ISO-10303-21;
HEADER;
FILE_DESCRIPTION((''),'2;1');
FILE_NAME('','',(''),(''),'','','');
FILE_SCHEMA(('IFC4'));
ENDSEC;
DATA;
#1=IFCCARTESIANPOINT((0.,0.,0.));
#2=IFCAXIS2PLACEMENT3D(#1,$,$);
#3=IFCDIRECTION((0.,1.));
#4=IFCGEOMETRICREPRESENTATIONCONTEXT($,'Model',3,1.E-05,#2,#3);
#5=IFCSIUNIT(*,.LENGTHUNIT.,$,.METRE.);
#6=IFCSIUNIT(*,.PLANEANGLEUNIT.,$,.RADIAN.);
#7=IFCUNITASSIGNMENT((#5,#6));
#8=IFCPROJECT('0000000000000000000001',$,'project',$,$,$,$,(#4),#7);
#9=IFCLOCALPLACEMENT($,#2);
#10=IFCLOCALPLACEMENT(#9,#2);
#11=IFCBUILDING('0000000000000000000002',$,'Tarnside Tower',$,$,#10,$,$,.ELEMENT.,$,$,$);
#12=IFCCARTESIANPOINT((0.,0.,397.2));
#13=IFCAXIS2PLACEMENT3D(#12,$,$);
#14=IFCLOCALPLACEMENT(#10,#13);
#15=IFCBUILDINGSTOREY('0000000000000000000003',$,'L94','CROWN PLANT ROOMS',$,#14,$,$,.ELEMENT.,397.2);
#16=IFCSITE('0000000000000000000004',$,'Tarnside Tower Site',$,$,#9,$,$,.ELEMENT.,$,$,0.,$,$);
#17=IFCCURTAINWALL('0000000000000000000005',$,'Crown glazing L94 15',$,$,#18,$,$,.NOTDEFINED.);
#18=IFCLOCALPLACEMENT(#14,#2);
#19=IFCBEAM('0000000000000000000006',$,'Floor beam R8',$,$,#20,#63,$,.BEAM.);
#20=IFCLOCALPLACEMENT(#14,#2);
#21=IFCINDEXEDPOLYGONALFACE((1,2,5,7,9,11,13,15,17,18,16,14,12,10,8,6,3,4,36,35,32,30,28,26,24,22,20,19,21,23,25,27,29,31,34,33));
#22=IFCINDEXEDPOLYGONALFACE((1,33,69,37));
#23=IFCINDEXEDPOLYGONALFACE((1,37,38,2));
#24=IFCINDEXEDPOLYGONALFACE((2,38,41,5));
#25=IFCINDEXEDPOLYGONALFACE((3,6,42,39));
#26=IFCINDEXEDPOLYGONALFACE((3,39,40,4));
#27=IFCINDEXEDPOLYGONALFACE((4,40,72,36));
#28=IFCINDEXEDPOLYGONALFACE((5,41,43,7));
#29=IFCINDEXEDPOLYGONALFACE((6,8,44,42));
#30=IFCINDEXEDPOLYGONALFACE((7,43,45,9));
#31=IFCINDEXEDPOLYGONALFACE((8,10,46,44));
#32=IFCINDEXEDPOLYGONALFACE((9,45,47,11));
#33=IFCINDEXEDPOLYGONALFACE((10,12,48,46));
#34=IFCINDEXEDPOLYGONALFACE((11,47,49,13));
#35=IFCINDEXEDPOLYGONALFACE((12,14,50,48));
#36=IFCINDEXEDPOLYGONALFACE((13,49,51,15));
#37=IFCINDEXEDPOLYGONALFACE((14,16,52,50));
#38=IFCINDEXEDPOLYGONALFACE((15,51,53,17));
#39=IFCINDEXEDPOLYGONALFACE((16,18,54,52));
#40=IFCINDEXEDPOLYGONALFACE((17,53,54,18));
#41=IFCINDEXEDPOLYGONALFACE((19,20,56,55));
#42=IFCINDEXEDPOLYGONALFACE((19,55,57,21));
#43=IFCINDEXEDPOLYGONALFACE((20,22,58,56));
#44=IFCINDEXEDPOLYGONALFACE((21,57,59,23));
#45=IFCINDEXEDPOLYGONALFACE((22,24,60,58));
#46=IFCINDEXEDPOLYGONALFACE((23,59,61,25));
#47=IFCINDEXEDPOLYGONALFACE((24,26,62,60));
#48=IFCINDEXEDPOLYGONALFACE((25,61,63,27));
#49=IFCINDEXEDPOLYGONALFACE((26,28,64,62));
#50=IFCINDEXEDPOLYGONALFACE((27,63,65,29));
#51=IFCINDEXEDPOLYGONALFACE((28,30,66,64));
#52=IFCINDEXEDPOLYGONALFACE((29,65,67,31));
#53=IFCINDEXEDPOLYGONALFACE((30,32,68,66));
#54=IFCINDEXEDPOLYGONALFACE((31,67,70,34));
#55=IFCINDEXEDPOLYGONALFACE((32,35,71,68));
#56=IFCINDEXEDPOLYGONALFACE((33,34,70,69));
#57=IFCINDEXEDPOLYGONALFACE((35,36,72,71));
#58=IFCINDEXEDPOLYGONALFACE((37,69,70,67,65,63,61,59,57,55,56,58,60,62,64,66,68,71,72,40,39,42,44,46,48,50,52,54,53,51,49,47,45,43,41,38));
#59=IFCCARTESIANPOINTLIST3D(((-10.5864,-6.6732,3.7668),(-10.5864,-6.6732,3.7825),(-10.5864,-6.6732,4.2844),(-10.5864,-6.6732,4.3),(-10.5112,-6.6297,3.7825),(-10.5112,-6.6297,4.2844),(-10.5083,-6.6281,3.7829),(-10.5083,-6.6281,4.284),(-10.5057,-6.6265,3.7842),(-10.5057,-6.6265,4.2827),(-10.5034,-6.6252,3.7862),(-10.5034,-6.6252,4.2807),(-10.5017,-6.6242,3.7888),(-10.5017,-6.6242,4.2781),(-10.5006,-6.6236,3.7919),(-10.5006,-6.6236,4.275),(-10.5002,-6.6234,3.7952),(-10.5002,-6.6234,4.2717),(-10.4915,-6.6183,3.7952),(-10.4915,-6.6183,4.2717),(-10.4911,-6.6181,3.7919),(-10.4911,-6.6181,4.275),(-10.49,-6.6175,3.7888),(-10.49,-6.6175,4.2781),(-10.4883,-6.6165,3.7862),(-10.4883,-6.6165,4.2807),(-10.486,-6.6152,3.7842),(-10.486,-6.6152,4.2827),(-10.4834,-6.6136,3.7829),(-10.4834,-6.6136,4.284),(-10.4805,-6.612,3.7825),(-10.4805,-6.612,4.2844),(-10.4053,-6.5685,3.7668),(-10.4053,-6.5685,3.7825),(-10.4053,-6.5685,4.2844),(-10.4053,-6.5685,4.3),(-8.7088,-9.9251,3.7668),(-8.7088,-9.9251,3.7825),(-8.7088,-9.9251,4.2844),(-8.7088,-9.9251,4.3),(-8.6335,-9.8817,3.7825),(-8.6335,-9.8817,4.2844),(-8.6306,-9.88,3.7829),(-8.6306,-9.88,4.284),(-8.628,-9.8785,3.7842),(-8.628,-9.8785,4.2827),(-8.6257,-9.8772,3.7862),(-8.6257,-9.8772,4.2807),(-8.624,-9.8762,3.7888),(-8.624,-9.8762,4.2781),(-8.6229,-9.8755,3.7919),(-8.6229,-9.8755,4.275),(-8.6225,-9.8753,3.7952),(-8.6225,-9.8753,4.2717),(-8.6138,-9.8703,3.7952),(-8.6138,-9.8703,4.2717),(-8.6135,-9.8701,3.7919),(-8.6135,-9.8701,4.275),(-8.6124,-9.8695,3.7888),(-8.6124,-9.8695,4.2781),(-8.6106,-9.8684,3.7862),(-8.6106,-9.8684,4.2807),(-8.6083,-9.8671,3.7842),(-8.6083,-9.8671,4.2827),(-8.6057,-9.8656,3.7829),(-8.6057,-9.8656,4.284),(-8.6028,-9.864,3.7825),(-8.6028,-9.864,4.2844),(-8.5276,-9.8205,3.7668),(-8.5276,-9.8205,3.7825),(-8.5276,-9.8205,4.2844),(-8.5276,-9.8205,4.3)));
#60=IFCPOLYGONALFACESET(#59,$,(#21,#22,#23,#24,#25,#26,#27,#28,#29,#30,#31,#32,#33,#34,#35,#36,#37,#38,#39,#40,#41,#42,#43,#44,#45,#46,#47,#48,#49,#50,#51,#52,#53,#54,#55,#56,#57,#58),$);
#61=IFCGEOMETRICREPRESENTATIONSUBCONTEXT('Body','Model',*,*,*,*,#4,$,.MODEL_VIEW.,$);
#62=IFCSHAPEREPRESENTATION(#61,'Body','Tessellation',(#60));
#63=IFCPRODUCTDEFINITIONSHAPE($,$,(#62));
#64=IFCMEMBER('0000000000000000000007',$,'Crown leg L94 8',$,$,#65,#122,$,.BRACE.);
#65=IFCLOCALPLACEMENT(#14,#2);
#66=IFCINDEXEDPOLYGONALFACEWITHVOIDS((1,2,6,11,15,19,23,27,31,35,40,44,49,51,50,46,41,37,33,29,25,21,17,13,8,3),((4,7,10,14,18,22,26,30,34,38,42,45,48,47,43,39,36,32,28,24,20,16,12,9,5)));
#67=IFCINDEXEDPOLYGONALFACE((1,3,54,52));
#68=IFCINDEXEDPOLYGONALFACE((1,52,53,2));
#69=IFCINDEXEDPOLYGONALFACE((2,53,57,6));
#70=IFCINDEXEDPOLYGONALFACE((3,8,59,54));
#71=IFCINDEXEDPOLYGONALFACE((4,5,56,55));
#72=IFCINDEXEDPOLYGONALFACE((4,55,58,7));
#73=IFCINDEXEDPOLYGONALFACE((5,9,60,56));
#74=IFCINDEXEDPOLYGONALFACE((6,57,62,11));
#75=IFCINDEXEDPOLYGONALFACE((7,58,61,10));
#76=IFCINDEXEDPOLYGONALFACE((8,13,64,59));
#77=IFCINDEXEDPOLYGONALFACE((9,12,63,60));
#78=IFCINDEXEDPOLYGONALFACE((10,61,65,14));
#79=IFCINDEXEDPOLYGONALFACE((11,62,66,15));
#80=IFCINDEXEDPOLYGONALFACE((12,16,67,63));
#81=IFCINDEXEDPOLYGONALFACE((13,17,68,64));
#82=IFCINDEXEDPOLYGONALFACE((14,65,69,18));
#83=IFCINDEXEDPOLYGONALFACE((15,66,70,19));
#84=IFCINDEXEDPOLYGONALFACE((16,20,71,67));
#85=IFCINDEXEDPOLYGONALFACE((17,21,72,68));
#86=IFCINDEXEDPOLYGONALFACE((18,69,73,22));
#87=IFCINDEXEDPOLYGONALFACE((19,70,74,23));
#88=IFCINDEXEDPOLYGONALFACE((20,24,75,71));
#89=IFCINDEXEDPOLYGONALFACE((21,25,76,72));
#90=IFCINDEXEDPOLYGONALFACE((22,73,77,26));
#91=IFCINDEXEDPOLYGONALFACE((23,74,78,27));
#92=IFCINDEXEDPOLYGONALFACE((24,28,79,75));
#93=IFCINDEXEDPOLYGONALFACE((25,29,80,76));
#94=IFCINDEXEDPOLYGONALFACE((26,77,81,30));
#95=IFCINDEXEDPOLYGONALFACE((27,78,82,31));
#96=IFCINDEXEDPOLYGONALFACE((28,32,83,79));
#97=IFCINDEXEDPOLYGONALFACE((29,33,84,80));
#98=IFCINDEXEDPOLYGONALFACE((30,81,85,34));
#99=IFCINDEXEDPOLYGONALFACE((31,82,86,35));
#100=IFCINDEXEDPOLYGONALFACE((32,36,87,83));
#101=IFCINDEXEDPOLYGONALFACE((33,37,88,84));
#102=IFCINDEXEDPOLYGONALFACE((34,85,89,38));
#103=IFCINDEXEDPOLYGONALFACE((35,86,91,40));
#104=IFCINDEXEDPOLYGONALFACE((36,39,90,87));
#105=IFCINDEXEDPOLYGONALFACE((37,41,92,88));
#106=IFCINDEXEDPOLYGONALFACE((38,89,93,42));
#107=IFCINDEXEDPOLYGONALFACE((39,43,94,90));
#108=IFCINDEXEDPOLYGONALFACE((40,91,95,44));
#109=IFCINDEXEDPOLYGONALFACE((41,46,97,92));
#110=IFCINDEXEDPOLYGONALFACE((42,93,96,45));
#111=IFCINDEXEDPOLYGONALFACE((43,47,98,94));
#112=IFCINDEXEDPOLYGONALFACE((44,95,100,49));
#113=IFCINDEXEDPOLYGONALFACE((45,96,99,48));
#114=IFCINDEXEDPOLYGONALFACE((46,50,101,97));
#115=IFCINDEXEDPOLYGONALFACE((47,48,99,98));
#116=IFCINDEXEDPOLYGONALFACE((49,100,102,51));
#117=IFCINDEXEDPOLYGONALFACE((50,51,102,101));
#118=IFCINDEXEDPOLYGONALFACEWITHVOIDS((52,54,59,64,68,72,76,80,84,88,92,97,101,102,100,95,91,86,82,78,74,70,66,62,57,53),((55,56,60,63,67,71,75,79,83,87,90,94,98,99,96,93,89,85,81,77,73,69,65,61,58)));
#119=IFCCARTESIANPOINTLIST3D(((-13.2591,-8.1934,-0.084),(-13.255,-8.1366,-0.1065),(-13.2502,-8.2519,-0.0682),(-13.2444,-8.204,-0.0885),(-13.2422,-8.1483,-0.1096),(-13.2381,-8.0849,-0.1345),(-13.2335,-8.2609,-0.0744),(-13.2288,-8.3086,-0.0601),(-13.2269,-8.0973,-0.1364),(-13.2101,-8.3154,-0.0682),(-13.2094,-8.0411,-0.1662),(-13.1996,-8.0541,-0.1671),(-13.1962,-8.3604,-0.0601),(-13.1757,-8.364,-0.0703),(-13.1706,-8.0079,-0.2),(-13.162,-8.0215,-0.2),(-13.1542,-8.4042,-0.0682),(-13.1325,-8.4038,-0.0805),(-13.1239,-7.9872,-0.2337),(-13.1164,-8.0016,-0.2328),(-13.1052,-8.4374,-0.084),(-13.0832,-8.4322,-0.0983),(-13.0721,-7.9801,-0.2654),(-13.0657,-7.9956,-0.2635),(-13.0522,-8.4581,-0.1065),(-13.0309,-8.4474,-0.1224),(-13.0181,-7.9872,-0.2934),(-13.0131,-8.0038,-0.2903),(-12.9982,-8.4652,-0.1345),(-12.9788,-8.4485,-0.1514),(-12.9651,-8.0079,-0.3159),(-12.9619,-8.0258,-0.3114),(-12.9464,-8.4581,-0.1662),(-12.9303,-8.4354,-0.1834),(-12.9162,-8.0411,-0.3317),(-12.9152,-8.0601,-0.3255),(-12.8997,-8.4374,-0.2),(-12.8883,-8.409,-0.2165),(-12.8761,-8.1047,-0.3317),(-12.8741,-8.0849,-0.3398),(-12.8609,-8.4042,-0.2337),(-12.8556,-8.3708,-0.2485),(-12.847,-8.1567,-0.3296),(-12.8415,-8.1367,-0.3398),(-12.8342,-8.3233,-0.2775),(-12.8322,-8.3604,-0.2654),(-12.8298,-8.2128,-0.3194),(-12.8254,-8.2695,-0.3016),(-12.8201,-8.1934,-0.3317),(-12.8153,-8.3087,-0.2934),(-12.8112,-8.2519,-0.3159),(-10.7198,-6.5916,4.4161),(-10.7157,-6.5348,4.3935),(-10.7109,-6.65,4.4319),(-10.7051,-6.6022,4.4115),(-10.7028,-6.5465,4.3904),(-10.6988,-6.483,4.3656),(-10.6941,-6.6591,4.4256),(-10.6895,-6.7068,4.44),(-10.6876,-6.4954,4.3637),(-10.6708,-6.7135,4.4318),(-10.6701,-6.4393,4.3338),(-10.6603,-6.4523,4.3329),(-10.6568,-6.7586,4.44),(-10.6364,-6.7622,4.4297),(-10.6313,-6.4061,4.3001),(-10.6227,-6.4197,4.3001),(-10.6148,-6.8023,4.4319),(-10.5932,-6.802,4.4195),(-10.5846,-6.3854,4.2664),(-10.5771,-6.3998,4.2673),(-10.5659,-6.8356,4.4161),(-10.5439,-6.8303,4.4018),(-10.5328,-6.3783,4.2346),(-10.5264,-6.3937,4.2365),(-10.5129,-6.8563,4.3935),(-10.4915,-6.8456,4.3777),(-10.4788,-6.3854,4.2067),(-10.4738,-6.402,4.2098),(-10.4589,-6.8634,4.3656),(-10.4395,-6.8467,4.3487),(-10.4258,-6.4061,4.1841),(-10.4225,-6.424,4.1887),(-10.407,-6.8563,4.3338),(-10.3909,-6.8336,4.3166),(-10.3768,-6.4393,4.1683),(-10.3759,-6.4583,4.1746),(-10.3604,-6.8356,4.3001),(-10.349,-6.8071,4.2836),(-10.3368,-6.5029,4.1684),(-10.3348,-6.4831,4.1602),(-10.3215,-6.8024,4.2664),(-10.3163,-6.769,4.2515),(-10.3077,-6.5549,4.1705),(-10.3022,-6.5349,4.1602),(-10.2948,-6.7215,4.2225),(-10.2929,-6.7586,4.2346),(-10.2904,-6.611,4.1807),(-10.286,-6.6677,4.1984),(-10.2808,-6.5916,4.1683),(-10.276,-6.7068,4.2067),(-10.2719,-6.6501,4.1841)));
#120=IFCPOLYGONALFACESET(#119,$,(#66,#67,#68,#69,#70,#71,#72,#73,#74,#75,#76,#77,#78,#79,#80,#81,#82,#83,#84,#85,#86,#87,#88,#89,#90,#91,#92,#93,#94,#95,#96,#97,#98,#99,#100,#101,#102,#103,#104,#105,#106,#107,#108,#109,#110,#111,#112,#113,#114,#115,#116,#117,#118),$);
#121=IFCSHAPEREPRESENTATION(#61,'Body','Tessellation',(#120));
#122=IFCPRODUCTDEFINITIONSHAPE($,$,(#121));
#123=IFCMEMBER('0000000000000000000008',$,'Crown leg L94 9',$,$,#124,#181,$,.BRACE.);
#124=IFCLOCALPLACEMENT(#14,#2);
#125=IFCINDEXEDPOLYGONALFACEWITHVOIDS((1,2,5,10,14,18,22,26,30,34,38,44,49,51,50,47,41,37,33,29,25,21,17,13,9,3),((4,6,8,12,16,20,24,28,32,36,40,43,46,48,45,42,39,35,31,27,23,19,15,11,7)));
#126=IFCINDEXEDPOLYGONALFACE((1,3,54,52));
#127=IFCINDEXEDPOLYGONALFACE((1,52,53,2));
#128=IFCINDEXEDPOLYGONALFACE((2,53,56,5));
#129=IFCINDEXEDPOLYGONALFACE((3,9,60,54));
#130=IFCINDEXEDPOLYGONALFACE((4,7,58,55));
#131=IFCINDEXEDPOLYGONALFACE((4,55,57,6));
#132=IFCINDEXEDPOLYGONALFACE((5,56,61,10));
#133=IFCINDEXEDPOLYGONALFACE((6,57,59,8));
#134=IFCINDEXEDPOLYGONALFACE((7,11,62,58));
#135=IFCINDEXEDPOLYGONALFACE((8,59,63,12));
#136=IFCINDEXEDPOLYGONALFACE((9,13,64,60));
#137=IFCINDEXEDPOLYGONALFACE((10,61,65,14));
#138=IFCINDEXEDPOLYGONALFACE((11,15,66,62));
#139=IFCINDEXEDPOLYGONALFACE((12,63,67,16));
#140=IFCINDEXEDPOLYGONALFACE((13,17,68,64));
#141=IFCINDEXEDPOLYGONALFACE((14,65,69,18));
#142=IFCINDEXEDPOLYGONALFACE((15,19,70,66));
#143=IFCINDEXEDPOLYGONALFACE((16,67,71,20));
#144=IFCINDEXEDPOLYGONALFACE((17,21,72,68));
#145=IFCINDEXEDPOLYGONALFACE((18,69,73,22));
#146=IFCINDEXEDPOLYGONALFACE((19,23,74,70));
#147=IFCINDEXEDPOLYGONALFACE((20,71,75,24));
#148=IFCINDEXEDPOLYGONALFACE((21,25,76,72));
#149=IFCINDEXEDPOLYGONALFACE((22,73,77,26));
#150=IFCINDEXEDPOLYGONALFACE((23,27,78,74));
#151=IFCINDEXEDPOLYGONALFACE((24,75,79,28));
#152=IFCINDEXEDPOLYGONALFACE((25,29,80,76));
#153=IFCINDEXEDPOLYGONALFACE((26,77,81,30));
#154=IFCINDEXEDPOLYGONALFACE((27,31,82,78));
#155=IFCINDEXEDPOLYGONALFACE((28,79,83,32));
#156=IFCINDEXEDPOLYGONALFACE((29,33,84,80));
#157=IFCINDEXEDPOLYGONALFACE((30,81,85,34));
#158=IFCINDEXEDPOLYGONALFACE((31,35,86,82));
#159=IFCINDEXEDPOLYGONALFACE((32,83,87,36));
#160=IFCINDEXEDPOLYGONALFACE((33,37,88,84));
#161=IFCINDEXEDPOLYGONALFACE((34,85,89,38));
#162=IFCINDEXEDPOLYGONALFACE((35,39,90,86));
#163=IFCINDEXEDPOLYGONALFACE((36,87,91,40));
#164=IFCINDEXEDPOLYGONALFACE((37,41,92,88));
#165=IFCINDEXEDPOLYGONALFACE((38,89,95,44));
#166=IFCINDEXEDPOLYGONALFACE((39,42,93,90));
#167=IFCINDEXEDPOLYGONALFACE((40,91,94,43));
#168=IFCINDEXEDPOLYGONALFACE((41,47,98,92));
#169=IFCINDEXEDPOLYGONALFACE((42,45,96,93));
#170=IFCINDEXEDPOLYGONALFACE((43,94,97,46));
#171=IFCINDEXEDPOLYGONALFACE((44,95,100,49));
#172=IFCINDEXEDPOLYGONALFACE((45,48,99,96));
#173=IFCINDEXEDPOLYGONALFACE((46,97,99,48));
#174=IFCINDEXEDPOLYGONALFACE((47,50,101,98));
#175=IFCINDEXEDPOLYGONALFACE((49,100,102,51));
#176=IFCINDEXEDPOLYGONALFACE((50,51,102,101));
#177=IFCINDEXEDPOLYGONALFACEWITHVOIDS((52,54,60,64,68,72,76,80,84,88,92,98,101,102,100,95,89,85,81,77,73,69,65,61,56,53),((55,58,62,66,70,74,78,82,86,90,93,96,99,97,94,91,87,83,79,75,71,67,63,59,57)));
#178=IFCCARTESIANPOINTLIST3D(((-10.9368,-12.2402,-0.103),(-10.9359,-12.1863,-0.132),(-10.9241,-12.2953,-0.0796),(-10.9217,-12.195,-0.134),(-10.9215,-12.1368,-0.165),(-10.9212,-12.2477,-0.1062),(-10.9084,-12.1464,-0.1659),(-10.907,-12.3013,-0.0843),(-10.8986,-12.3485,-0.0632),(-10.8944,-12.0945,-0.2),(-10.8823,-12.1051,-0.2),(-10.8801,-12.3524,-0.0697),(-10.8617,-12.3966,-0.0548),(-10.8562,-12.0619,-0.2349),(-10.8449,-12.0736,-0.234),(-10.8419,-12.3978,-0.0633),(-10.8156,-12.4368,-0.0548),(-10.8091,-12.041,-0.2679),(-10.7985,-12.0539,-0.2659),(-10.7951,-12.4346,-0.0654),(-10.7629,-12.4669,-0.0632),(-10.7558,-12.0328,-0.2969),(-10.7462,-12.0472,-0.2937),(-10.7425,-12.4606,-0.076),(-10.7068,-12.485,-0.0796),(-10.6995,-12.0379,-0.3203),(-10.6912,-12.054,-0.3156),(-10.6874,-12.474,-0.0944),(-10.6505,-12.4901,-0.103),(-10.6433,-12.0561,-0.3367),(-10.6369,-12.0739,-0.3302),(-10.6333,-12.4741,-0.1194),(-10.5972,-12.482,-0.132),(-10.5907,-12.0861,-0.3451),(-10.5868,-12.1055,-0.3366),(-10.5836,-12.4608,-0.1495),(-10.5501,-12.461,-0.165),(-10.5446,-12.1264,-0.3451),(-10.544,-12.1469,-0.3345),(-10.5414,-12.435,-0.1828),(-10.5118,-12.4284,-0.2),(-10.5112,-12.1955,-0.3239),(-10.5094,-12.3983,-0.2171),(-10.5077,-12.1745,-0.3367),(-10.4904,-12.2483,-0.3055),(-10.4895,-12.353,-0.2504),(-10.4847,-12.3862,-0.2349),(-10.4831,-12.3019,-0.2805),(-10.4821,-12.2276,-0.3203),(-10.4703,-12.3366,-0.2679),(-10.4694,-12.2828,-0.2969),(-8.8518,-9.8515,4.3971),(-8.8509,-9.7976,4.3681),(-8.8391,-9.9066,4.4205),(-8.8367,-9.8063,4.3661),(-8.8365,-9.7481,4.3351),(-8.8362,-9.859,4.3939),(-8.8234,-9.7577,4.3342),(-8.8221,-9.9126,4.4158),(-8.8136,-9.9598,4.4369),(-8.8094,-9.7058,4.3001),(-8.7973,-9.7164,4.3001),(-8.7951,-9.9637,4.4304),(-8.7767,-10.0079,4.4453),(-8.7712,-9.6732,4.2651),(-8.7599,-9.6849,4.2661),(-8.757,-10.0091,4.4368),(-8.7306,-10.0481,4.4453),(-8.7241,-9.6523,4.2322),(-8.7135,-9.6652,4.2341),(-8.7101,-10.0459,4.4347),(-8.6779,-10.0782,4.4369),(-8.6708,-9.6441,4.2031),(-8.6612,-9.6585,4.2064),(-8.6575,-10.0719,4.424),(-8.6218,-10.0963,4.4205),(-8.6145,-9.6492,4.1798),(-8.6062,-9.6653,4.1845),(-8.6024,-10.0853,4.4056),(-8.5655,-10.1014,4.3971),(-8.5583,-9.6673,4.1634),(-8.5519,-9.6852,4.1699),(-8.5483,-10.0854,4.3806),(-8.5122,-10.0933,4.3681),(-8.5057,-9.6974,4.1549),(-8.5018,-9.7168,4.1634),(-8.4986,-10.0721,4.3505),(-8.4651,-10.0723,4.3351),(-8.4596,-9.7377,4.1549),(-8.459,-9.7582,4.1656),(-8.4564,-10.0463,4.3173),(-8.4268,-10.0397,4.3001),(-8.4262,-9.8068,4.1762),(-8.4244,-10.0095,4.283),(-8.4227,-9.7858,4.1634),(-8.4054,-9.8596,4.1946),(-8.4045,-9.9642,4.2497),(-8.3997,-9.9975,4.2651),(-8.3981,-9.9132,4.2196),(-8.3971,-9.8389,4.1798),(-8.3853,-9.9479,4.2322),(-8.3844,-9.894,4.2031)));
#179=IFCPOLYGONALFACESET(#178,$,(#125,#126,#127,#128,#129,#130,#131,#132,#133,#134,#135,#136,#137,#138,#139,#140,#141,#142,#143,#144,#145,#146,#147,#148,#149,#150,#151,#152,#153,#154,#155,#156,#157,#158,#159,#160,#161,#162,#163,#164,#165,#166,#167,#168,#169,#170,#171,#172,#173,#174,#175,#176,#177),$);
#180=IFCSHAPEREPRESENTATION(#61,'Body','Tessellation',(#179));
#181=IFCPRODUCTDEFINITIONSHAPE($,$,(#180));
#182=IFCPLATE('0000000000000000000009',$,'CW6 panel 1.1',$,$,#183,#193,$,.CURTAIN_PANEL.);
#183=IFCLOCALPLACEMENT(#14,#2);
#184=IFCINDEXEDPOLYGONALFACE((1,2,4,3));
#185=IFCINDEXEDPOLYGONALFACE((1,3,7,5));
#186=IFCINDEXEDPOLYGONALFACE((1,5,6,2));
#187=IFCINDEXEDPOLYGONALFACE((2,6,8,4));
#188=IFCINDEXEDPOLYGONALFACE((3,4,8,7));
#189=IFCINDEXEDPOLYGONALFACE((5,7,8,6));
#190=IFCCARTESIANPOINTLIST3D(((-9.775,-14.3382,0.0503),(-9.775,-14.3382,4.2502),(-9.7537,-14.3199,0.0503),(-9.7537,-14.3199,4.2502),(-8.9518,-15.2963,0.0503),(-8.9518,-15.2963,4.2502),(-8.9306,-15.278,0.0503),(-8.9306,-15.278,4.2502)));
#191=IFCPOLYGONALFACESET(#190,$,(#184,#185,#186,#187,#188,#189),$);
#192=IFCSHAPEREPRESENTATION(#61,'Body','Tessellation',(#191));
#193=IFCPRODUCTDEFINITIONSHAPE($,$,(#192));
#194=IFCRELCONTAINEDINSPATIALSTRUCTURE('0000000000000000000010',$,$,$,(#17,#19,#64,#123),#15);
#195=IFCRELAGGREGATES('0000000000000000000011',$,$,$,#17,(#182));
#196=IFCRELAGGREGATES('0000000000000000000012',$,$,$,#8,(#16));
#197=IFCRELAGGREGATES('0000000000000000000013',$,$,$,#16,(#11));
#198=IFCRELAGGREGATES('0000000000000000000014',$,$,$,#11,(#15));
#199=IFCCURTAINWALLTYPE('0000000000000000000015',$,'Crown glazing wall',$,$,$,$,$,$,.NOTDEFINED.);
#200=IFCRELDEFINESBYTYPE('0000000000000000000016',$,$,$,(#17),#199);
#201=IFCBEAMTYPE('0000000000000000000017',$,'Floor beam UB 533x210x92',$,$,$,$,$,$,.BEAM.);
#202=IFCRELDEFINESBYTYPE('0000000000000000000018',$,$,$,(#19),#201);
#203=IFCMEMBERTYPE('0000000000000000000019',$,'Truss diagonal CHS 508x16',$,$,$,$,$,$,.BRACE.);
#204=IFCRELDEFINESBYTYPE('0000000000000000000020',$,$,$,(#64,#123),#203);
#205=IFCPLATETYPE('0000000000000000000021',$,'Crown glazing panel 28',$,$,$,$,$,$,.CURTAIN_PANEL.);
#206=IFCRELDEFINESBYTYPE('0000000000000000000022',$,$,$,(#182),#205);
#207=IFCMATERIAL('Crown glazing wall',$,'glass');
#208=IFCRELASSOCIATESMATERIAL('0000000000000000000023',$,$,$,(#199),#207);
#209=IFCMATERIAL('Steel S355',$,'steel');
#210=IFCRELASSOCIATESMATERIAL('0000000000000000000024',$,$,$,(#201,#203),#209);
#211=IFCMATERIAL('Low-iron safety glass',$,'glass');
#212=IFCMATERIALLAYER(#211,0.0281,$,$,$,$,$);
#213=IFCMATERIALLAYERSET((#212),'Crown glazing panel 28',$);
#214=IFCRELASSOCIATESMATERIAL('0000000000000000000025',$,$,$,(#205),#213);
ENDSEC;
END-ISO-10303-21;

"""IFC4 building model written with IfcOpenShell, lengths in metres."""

from ifc_helpers import new_model, si_unit, direction, frame, origin, origin_2d, place, context, subcontext, project, spatial, rectangle, hollow_circle, i_section, extrude, material, layer, layer_set, material_profile, profile_set, type_object, element, aggregate, save


model = new_model("IFC4")

# Units and contexts
model_context = context("Model", 3, precision=1e-05, world=origin(), true_north=direction((0.0, 1.0)))
body_context = subcontext(model_context, "Body", "Model", "MODEL_VIEW")
ifc_project = project(units=[si_unit("LENGTHUNIT", "METRE"), si_unit("PLANEANGLEUNIT", "RADIAN")], contexts=[model_context])

# Site, building, storey
site_placement = place(None, origin())
site = spatial("IfcSite", under=ifc_project, at=site_placement, Name="Tarnside Tower Site", CompositionType="ELEMENT", RefElevation=0.0)
building_placement = place(site_placement, origin())
building = spatial("IfcBuilding", under=site, at=building_placement, Name="Tarnside Tower", CompositionType="ELEMENT")
storey_placement = place(building_placement, frame((0.0, 0.0, 397.2)))
storey = spatial("IfcBuildingStorey", under=building, at=storey_placement, Name="L94", Description="CROWN PLANT ROOMS", CompositionType="ELEMENT", Elevation=397.2)

# Curtain wall
ifc_material_1 = material(Name="Crown glazing wall", Category="glass")
curtain_wall_type = type_object("IfcCurtainWallType", Name="Crown glazing wall", PredefinedType="NOTDEFINED", material=ifc_material_1)
curtain_wall_1_placement = place(storey_placement, origin())
curtain_wall_1 = element("IfcCurtainWall", 1, at=curtain_wall_1_placement, inside=storey, type_object=curtain_wall_type, Name="Crown glazing L94 15", PredefinedType="NOTDEFINED")

# Beam
ifc_material_2 = material(Name="Steel S355", Category="steel")
ifc_material_profile_1 = material_profile(ifc_material_2, i_section(OverallWidth=0.2092, OverallDepth=0.5332, WebThickness=0.01, FlangeThickness=0.0156, FilletRadius=0.0127, at=origin_2d()), Name="UB 533x210x92")
ifc_profile_set_1 = profile_set([ifc_material_profile_1], Name="Steel S355")
beam_type_1 = type_object("IfcBeamType", Name="Floor beam UB 533x210x92", PredefinedType="BEAM", material=ifc_profile_set_1)
beam_1_placement = place(storey_placement, frame((-10.4958, -6.6208, 4.0334), z_axis=(0.500034, -0.866006, 0.0), x_axis=(0.866006, 0.500034, 0.0)))
element("IfcBeam", 2, at=beam_1_placement, inside=storey, type_object=beam_type_1, Name="Floor beam R8", PredefinedType="BEAM", context=body_context, shape_type="SweptSolid", body=[
    extrude(i_section(OverallWidth=0.2092, OverallDepth=0.5332, WebThickness=0.01, FlangeThickness=0.0156, FilletRadius=0.0127, at=origin_2d()), origin(), (0.0, 0.0, 1.0), 3.7551),
])

# Members
ifc_material_profile_2 = material_profile(ifc_material_2, hollow_circle(Radius=0.2539, WallThickness=0.0161, at=origin_2d()), Name="CHS 508x16")
ifc_profile_set_2 = profile_set([ifc_material_profile_2], Name="Steel S355")
member_type_1 = type_object("IfcMemberType", Name="Truss diagonal CHS 508x16", PredefinedType="BRACE", material=ifc_profile_set_2)
member_1_placement = place(storey_placement, frame((-13.0352, -8.2227, -0.2), z_axis=(0.469407, 0.296104, 0.831853), x_axis=(-0.533525, 0.845784, 0.0)))
element("IfcMember", 3, at=member_1_placement, inside=storey, type_object=member_type_1, Name="Crown leg L94 8", PredefinedType="BRACE", context=body_context, shape_type="SweptSolid", body=[
    extrude(hollow_circle(Radius=0.2539, WallThickness=0.0161, at=origin_2d()), origin(), (0.0, 0.0, 1.0), 5.4097),
])
member_2_placement = place(storey_placement, frame((-10.7031, -12.2615, -0.2), z_axis=(0.378753, 0.433925, 0.817468), x_axis=(-0.753377, 0.657588, 0.0)))
element("IfcMember", 4, at=member_2_placement, inside=storey, type_object=member_type_1, Name="Crown leg L94 9", PredefinedType="BRACE", context=body_context, shape_type="SweptSolid", body=[
    extrude(hollow_circle(Radius=0.2539, WallThickness=0.0161, at=origin_2d()), origin(), (0.0, 0.0, 1.0), 5.5049),
])

# Plate
ifc_material_3 = material(Name="Low-iron safety glass", Category="glass")
ifc_layer_1 = layer(ifc_material_3, 0.0281)
ifc_layer_set_1 = layer_set([ifc_layer_1], Name="Crown glazing panel 28")
plate_type_1 = type_object("IfcPlateType", Name="Crown glazing panel 28", PredefinedType="CURTAIN_PANEL", material=ifc_layer_set_1)
plate_1_placement = place(storey_placement, frame((-9.3528, -14.8081, 0.0503), z_axis=(0.0, 0.0, 1.0), x_axis=(-0.651657, 0.758514, 0.0)))
plate_1 = element("IfcPlate", 5, at=plate_1_placement, type_object=plate_type_1, Name="CW6 panel 1.1", PredefinedType="CURTAIN_PANEL", context=body_context, shape_type="SweptSolid", body=[
    extrude(rectangle(XDim=1.2632, YDim=0.0281, at=origin_2d()), origin(), (0.0, 0.0, 1.0), 4.2),
])
aggregate(curtain_wall_1, [plate_1])

save(model, "model.ifc")
